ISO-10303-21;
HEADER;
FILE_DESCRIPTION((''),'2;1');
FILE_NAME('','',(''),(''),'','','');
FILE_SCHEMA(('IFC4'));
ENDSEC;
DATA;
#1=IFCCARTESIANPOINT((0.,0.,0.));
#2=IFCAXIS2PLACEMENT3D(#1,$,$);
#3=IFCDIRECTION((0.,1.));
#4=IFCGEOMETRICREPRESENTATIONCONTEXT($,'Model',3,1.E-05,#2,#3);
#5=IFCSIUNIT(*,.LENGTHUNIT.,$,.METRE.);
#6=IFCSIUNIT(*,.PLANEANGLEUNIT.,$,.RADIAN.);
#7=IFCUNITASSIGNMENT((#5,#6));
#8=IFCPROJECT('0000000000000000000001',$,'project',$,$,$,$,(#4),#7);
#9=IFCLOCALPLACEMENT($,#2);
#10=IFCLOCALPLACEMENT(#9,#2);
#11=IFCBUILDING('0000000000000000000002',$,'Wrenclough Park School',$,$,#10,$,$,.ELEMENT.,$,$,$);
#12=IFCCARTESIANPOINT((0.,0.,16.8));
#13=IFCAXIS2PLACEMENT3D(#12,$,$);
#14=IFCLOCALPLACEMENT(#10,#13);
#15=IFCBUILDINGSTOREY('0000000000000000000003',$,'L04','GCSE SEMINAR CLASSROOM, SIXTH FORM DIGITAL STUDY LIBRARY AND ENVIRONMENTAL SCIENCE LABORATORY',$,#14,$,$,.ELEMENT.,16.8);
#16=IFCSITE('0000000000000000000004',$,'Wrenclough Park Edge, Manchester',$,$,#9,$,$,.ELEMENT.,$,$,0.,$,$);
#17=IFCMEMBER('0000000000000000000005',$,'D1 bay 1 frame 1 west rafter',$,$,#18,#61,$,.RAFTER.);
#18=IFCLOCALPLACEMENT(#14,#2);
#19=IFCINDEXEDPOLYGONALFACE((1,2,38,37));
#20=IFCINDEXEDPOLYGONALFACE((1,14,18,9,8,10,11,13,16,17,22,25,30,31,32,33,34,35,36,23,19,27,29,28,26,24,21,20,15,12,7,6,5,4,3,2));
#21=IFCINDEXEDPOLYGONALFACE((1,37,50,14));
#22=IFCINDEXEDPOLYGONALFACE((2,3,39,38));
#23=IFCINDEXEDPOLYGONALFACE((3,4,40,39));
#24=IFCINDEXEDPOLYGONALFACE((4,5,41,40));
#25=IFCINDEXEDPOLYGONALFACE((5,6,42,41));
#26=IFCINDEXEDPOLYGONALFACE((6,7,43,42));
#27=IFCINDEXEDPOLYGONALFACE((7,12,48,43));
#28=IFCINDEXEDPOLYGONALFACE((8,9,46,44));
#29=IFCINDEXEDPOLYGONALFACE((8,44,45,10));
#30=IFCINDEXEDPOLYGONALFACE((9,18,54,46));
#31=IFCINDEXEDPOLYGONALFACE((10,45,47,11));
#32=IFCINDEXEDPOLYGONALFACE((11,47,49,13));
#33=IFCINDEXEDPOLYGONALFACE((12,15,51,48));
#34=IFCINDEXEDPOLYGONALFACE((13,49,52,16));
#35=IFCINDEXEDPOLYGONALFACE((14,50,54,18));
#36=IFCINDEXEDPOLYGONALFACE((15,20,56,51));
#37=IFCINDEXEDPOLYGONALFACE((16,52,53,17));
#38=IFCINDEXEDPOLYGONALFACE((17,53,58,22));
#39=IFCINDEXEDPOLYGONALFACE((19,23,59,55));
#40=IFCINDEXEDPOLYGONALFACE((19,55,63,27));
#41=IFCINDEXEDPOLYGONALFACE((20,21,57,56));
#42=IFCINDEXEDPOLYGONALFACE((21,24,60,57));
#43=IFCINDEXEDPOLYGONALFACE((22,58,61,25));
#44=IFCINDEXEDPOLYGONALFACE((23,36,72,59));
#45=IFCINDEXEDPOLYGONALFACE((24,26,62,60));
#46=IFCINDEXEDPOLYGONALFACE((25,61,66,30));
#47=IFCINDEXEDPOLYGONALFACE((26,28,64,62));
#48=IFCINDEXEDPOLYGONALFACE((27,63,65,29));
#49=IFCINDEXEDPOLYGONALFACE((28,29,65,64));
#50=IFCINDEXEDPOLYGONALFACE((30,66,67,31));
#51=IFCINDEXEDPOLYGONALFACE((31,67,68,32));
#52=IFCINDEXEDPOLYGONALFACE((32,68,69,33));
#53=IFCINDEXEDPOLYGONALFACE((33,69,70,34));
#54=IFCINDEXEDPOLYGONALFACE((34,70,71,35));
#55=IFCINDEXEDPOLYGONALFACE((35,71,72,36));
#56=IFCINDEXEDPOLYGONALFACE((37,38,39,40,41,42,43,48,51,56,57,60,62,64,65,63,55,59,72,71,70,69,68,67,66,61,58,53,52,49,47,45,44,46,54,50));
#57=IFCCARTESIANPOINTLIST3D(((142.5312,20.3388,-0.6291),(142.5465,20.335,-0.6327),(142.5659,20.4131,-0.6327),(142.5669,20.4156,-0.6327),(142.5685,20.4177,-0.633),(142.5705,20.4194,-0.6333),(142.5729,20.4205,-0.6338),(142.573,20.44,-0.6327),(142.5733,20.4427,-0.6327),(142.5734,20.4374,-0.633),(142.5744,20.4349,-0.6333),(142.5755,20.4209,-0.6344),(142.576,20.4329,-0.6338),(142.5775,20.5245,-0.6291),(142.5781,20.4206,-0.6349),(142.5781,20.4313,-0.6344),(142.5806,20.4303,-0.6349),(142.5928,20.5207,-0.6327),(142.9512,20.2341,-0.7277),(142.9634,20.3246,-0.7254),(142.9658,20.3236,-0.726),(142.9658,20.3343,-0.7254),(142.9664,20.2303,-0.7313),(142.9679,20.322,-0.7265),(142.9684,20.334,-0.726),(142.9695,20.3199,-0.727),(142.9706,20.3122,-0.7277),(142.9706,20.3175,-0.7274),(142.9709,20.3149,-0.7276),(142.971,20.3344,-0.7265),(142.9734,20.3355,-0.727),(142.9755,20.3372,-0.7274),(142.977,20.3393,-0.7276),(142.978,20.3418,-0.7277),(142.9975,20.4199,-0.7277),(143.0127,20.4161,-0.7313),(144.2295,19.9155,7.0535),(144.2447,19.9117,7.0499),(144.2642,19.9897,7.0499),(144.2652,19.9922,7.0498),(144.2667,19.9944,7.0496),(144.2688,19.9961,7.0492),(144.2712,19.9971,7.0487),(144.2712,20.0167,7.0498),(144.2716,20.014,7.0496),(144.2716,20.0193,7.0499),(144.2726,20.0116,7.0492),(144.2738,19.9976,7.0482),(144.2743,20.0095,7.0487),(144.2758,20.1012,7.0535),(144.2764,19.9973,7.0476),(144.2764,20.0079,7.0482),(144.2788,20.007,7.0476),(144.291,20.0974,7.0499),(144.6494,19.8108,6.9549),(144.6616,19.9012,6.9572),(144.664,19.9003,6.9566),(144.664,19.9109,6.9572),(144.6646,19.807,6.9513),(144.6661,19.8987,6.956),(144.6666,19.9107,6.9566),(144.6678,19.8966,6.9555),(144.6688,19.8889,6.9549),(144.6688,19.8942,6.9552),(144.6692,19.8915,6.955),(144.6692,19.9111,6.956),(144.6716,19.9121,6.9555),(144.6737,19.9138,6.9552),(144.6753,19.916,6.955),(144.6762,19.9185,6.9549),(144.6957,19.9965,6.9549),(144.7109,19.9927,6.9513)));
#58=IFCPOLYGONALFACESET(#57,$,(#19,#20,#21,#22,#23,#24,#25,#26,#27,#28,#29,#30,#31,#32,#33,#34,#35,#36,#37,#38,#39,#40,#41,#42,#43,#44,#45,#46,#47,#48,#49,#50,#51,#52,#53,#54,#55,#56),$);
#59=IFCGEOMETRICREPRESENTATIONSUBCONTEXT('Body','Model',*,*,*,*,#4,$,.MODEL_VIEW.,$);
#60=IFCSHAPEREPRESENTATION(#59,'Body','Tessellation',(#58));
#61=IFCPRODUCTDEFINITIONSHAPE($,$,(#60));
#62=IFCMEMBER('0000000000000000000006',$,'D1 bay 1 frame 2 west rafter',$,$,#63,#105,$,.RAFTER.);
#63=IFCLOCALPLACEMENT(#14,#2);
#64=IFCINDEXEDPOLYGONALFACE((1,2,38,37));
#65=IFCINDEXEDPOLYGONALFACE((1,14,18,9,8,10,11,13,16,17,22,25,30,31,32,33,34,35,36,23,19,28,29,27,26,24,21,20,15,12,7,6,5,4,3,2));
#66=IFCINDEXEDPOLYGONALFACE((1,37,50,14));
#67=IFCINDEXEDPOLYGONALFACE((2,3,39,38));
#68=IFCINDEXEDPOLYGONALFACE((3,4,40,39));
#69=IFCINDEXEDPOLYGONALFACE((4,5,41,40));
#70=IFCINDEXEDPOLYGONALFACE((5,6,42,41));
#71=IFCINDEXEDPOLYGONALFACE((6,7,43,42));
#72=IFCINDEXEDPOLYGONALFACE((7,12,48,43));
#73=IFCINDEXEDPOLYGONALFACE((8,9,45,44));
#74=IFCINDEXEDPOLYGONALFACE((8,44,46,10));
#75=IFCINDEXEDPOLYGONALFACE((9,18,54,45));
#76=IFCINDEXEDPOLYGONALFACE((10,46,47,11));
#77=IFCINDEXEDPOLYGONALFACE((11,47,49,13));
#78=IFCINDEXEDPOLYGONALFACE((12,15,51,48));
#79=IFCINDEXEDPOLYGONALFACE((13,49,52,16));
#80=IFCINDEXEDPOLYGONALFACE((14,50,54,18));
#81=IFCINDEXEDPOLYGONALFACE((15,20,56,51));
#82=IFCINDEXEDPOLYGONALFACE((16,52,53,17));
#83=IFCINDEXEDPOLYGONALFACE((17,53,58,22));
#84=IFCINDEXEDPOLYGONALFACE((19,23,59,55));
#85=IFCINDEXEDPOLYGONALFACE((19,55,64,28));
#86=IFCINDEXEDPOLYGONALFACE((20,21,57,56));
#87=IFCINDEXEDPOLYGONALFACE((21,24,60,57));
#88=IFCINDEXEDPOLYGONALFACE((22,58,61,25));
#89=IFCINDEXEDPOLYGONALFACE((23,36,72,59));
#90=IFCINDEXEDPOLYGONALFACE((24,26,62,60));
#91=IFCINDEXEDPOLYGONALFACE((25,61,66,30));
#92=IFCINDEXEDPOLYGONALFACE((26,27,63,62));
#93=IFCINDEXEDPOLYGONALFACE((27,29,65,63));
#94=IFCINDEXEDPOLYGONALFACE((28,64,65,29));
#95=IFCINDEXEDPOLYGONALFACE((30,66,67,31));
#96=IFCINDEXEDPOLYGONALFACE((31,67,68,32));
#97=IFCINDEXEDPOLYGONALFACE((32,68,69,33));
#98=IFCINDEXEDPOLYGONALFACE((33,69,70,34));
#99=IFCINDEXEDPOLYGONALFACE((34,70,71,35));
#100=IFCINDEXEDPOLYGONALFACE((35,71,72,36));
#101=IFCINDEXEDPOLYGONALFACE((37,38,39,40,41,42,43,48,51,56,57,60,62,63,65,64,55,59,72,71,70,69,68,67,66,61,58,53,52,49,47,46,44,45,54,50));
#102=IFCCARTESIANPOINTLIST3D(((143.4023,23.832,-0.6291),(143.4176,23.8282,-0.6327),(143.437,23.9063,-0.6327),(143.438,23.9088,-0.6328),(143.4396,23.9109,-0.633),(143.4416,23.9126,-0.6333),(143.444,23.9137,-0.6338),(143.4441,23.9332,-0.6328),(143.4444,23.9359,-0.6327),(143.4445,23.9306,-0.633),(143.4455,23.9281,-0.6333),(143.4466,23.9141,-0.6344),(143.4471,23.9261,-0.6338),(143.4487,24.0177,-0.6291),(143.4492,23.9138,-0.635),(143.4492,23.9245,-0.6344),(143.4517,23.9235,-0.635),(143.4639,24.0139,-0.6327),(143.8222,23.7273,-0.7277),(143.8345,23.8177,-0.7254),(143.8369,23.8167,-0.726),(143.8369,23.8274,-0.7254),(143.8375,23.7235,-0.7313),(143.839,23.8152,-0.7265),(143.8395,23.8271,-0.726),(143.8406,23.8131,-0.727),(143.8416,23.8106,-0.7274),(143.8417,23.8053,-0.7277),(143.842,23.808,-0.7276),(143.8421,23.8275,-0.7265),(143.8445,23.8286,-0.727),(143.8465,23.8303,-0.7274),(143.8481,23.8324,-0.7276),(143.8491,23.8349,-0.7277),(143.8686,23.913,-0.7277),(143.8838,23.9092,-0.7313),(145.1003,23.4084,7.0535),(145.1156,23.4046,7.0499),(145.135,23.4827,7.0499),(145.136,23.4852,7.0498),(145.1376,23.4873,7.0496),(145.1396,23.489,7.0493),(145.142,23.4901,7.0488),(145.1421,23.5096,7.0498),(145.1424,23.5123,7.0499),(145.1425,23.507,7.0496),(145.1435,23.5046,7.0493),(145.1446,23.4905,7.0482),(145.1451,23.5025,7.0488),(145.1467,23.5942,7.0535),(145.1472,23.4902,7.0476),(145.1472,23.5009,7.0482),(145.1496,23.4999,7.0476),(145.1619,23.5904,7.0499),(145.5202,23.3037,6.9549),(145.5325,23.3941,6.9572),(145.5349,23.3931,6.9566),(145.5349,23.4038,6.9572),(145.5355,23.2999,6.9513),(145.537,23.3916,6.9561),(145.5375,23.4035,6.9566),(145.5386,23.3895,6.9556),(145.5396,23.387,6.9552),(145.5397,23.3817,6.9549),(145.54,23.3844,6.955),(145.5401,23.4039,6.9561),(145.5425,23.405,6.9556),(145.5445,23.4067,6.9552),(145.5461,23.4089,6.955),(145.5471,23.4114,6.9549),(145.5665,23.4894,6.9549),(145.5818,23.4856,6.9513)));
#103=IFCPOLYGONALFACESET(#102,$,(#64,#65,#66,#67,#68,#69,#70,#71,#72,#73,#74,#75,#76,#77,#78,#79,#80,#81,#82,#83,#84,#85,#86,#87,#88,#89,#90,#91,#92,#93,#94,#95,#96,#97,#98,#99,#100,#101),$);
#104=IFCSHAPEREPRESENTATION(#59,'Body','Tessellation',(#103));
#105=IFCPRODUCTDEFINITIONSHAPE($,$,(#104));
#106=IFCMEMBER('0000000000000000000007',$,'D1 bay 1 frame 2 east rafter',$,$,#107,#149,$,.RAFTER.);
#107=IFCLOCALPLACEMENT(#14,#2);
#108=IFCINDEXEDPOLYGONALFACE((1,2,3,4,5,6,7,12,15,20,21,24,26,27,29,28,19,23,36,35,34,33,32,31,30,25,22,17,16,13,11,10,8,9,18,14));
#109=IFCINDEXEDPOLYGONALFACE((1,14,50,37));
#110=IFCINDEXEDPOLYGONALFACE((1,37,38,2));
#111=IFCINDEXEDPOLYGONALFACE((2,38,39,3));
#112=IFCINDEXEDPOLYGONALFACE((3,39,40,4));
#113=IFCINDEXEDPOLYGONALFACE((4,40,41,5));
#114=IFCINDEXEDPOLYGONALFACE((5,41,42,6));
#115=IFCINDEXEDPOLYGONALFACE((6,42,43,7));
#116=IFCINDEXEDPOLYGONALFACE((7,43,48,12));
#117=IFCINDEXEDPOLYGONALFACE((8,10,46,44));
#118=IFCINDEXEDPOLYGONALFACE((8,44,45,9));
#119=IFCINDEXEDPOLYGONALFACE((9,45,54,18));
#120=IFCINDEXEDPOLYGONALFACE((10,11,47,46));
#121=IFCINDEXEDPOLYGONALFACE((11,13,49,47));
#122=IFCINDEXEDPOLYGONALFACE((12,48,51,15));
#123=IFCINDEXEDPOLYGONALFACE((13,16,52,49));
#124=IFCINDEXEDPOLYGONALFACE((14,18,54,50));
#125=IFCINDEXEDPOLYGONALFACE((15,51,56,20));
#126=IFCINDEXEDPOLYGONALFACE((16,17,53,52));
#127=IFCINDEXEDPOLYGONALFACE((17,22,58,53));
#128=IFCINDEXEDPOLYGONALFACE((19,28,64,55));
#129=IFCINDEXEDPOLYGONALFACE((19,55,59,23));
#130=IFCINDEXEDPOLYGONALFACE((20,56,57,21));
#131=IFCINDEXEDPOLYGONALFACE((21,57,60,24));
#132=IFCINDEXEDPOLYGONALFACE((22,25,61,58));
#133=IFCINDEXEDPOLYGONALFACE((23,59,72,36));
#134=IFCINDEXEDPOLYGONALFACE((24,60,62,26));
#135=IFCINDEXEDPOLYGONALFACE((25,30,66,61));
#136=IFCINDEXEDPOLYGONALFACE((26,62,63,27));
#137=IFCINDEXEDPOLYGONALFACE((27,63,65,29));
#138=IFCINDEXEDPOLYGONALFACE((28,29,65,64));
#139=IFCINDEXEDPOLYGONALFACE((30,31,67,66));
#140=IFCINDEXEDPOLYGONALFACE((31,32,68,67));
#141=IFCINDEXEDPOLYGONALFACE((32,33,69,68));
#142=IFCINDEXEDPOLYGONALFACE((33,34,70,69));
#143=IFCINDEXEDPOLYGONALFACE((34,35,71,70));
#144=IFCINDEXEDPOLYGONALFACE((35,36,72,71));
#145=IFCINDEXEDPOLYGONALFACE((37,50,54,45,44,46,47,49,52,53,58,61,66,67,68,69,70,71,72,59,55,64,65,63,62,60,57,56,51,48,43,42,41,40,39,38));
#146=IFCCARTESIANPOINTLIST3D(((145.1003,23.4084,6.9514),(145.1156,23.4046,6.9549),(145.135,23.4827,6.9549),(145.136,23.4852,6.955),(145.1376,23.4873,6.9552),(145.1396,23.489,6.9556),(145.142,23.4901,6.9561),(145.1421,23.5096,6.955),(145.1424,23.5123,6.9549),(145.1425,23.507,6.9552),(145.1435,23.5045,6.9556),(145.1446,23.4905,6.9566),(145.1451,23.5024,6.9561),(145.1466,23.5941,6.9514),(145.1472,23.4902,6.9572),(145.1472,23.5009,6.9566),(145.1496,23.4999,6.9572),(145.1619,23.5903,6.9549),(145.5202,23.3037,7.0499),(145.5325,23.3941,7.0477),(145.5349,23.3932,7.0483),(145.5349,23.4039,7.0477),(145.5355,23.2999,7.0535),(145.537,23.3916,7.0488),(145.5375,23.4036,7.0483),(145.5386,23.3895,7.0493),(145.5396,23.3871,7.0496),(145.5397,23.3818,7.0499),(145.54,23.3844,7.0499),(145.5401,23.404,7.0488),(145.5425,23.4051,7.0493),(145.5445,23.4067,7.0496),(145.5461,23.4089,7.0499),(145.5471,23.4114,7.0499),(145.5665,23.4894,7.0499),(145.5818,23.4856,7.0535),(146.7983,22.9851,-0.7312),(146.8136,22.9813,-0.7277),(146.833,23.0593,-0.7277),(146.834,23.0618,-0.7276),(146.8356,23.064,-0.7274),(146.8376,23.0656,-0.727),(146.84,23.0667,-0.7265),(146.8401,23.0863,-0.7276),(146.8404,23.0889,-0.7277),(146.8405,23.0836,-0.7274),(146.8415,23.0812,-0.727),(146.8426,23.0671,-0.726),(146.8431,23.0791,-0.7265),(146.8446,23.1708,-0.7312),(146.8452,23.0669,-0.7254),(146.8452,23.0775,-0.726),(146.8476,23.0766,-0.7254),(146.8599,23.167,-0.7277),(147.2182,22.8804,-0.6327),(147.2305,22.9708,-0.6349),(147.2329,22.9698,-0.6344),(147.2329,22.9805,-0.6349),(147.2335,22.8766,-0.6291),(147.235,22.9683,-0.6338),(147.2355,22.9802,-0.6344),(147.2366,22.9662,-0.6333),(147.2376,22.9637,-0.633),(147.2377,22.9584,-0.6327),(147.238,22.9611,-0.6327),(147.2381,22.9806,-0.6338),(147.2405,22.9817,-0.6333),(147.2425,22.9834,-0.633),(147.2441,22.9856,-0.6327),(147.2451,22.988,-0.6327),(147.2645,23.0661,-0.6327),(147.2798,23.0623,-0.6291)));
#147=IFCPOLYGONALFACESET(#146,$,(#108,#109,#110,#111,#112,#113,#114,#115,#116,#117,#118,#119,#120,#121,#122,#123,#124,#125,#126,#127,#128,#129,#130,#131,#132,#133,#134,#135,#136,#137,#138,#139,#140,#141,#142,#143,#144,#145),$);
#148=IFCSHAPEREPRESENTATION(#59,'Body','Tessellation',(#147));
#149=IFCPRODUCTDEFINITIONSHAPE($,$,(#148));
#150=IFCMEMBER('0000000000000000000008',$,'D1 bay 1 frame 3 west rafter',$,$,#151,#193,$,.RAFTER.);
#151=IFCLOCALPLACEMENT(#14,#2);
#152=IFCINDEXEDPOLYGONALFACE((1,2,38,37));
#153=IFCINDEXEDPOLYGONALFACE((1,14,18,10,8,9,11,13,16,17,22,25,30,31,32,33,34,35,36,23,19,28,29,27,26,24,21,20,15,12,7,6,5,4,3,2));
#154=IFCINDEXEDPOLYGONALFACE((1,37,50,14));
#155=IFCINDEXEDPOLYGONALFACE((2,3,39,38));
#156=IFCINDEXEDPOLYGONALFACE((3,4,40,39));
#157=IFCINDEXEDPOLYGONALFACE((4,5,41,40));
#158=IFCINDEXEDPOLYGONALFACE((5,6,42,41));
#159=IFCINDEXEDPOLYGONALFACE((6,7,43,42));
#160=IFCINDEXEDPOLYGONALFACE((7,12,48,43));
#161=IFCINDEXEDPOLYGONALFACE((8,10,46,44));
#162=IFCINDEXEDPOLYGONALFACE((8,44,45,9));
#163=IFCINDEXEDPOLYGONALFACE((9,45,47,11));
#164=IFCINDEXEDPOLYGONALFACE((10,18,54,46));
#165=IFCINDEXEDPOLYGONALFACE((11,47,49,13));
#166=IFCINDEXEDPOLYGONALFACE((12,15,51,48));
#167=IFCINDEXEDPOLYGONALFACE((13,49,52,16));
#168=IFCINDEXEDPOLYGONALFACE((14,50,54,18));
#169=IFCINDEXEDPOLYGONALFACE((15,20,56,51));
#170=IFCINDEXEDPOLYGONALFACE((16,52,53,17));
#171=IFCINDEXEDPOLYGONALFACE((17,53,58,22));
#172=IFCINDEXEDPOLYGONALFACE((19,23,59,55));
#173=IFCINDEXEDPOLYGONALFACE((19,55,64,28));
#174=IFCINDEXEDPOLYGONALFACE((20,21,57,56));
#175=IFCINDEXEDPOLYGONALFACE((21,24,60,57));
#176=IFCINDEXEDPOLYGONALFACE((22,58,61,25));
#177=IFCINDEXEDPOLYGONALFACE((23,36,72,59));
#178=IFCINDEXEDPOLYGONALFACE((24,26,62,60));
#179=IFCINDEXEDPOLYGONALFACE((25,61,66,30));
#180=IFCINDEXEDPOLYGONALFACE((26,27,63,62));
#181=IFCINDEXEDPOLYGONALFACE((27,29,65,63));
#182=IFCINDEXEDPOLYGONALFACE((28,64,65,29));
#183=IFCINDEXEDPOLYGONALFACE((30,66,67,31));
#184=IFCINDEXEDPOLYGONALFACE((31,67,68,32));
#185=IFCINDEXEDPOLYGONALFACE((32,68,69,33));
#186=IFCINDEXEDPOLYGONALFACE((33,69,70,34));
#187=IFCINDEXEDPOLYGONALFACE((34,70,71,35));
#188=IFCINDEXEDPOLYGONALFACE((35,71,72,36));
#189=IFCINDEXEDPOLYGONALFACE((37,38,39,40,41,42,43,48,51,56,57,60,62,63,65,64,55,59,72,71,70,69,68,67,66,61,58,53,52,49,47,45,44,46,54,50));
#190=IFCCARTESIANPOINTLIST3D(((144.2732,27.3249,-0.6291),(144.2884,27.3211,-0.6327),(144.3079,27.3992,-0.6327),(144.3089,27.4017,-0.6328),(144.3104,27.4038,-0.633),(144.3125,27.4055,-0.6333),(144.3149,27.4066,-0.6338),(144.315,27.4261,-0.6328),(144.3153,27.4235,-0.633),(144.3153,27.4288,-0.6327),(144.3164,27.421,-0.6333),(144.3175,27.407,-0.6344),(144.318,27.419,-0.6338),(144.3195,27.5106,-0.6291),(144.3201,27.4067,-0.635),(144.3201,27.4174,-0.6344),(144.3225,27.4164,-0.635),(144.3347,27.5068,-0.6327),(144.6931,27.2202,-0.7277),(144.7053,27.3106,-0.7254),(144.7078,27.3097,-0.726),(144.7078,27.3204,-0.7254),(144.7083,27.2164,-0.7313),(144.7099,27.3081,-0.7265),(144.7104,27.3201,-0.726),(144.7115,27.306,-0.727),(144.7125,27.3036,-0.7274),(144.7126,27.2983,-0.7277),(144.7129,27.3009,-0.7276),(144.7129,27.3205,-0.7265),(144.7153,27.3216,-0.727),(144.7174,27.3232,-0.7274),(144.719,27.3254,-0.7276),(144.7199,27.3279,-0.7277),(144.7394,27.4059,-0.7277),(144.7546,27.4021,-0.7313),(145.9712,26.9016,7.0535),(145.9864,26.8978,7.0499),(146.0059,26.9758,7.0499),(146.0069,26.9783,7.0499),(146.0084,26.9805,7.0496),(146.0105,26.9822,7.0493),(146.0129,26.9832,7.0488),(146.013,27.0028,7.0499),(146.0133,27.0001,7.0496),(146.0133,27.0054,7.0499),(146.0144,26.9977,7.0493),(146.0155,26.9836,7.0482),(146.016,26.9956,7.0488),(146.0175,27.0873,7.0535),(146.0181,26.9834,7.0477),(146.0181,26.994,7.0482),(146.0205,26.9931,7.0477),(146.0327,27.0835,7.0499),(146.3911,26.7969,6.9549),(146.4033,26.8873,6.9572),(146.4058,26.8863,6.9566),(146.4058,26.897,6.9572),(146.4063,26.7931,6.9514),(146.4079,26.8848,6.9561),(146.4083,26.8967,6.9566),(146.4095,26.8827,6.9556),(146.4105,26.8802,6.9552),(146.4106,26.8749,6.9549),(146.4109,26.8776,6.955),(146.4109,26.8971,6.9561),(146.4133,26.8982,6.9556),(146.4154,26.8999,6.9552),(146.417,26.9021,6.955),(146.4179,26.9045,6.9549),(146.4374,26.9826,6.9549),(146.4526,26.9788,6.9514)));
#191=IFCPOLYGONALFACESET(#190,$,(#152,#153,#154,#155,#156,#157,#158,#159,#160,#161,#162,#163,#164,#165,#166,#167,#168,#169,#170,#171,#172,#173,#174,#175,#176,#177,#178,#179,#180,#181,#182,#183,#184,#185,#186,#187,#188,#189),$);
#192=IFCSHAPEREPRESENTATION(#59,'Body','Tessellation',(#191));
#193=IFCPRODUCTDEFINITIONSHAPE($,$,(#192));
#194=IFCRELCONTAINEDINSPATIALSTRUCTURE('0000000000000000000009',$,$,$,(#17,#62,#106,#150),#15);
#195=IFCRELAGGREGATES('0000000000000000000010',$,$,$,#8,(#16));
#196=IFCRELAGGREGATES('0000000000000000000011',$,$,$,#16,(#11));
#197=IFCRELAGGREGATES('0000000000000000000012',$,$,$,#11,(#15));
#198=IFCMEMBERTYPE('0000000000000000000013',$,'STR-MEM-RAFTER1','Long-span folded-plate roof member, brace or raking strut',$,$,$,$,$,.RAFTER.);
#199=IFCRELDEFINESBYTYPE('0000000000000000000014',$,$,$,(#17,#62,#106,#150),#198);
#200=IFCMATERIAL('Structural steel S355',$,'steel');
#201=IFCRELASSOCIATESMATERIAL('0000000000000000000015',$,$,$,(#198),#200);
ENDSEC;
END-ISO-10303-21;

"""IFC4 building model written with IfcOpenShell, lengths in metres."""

from ifc_helpers import new_model, si_unit, direction, frame, origin, origin_2d, place, context, subcontext, project, spatial, i_section, extrude, material, material_profile, profile_set, type_object, element, save


model = new_model("IFC4")

# Units and contexts
model_context = context("Model", 3, precision=1e-05, world=origin(), true_north=direction((0.0, 1.0)))
body_context = subcontext(model_context, "Body", "Model", "MODEL_VIEW")
ifc_project = project(units=[si_unit("LENGTHUNIT", "METRE"), si_unit("PLANEANGLEUNIT", "RADIAN")], contexts=[model_context])

# Site, building, storey
site_placement = place(None, origin())
site = spatial("IfcSite", under=ifc_project, at=site_placement, Name="Wrenclough Park Edge, Manchester", CompositionType="ELEMENT", RefElevation=0.0)
building_placement = place(site_placement, origin())
building = spatial("IfcBuilding", under=site, at=building_placement, Name="Wrenclough Park School", CompositionType="ELEMENT")
storey_placement = place(building_placement, frame((0.0, 0.0, 16.8)))
storey = spatial("IfcBuildingStorey", under=building, at=storey_placement, Name="L04", Description="GCSE SEMINAR CLASSROOM, SIXTH FORM DIGITAL STUDY LIBRARY AND ENVIRONMENTAL SCIENCE LABORATORY", CompositionType="ELEMENT", Elevation=16.8)

# Shared definitions
ifc_material_1 = material(Name="Structural steel S355", Category="steel")

# Members
ifc_material_profile_1 = material_profile(ifc_material_1, i_section(OverallWidth=0.1914, OverallDepth=0.46, WebThickness=0.01, FlangeThickness=0.0161, FilletRadius=0.0103, at=origin_2d()), Name="UKB 457x191x82")
ifc_profile_set_1 = profile_set([ifc_material_profile_1], Name="Structural steel S355")
member_type_1 = type_object("IfcMemberType", Name="STR-MEM-RAFTER1", Description="Long-span folded-plate roof member, brace or raking strut", PredefinedType="RAFTER", material=ifc_profile_set_1)
for number, where, z_axis, x_axis, name in (
    (1, (142.772, 20.3774, -0.6802), (0.215528, -0.053727, 0.975019), (0.241879, 0.970306, 0.0), "D1 bay 1 frame 1 west rafter"),
    (2, (143.6431, 23.8706, -0.6802), (0.215498, -0.053758, 0.975023), (0.242043, 0.970265, 0.0), "D1 bay 1 frame 2 west rafter"),
    (3, (145.3411, 23.447, 7.0024), (0.215498, -0.053727, -0.975025), (0.241912, 0.970298, 0.0), "D1 bay 1 frame 2 east rafter"),
    (4, (144.5139, 27.3635, -0.6802), (0.215498, -0.053727, 0.975025), (0.241912, 0.970298, 0.0), "D1 bay 1 frame 3 west rafter"),
):
    element("IfcMember", number, at=place(storey_placement, frame(where, z_axis=z_axis, x_axis=x_axis)), inside=storey, type_object=member_type_1, Name=name, PredefinedType="RAFTER", context=body_context, shape_type="SweptSolid", body=[
        extrude(i_section(OverallWidth=0.1914, OverallDepth=0.46, WebThickness=0.01, FlangeThickness=0.0161, FilletRadius=0.0103, at=origin_2d()), origin(), (0.0, 0.0, 1.0), 7.8794),
    ])

save(model, "model.ifc")
